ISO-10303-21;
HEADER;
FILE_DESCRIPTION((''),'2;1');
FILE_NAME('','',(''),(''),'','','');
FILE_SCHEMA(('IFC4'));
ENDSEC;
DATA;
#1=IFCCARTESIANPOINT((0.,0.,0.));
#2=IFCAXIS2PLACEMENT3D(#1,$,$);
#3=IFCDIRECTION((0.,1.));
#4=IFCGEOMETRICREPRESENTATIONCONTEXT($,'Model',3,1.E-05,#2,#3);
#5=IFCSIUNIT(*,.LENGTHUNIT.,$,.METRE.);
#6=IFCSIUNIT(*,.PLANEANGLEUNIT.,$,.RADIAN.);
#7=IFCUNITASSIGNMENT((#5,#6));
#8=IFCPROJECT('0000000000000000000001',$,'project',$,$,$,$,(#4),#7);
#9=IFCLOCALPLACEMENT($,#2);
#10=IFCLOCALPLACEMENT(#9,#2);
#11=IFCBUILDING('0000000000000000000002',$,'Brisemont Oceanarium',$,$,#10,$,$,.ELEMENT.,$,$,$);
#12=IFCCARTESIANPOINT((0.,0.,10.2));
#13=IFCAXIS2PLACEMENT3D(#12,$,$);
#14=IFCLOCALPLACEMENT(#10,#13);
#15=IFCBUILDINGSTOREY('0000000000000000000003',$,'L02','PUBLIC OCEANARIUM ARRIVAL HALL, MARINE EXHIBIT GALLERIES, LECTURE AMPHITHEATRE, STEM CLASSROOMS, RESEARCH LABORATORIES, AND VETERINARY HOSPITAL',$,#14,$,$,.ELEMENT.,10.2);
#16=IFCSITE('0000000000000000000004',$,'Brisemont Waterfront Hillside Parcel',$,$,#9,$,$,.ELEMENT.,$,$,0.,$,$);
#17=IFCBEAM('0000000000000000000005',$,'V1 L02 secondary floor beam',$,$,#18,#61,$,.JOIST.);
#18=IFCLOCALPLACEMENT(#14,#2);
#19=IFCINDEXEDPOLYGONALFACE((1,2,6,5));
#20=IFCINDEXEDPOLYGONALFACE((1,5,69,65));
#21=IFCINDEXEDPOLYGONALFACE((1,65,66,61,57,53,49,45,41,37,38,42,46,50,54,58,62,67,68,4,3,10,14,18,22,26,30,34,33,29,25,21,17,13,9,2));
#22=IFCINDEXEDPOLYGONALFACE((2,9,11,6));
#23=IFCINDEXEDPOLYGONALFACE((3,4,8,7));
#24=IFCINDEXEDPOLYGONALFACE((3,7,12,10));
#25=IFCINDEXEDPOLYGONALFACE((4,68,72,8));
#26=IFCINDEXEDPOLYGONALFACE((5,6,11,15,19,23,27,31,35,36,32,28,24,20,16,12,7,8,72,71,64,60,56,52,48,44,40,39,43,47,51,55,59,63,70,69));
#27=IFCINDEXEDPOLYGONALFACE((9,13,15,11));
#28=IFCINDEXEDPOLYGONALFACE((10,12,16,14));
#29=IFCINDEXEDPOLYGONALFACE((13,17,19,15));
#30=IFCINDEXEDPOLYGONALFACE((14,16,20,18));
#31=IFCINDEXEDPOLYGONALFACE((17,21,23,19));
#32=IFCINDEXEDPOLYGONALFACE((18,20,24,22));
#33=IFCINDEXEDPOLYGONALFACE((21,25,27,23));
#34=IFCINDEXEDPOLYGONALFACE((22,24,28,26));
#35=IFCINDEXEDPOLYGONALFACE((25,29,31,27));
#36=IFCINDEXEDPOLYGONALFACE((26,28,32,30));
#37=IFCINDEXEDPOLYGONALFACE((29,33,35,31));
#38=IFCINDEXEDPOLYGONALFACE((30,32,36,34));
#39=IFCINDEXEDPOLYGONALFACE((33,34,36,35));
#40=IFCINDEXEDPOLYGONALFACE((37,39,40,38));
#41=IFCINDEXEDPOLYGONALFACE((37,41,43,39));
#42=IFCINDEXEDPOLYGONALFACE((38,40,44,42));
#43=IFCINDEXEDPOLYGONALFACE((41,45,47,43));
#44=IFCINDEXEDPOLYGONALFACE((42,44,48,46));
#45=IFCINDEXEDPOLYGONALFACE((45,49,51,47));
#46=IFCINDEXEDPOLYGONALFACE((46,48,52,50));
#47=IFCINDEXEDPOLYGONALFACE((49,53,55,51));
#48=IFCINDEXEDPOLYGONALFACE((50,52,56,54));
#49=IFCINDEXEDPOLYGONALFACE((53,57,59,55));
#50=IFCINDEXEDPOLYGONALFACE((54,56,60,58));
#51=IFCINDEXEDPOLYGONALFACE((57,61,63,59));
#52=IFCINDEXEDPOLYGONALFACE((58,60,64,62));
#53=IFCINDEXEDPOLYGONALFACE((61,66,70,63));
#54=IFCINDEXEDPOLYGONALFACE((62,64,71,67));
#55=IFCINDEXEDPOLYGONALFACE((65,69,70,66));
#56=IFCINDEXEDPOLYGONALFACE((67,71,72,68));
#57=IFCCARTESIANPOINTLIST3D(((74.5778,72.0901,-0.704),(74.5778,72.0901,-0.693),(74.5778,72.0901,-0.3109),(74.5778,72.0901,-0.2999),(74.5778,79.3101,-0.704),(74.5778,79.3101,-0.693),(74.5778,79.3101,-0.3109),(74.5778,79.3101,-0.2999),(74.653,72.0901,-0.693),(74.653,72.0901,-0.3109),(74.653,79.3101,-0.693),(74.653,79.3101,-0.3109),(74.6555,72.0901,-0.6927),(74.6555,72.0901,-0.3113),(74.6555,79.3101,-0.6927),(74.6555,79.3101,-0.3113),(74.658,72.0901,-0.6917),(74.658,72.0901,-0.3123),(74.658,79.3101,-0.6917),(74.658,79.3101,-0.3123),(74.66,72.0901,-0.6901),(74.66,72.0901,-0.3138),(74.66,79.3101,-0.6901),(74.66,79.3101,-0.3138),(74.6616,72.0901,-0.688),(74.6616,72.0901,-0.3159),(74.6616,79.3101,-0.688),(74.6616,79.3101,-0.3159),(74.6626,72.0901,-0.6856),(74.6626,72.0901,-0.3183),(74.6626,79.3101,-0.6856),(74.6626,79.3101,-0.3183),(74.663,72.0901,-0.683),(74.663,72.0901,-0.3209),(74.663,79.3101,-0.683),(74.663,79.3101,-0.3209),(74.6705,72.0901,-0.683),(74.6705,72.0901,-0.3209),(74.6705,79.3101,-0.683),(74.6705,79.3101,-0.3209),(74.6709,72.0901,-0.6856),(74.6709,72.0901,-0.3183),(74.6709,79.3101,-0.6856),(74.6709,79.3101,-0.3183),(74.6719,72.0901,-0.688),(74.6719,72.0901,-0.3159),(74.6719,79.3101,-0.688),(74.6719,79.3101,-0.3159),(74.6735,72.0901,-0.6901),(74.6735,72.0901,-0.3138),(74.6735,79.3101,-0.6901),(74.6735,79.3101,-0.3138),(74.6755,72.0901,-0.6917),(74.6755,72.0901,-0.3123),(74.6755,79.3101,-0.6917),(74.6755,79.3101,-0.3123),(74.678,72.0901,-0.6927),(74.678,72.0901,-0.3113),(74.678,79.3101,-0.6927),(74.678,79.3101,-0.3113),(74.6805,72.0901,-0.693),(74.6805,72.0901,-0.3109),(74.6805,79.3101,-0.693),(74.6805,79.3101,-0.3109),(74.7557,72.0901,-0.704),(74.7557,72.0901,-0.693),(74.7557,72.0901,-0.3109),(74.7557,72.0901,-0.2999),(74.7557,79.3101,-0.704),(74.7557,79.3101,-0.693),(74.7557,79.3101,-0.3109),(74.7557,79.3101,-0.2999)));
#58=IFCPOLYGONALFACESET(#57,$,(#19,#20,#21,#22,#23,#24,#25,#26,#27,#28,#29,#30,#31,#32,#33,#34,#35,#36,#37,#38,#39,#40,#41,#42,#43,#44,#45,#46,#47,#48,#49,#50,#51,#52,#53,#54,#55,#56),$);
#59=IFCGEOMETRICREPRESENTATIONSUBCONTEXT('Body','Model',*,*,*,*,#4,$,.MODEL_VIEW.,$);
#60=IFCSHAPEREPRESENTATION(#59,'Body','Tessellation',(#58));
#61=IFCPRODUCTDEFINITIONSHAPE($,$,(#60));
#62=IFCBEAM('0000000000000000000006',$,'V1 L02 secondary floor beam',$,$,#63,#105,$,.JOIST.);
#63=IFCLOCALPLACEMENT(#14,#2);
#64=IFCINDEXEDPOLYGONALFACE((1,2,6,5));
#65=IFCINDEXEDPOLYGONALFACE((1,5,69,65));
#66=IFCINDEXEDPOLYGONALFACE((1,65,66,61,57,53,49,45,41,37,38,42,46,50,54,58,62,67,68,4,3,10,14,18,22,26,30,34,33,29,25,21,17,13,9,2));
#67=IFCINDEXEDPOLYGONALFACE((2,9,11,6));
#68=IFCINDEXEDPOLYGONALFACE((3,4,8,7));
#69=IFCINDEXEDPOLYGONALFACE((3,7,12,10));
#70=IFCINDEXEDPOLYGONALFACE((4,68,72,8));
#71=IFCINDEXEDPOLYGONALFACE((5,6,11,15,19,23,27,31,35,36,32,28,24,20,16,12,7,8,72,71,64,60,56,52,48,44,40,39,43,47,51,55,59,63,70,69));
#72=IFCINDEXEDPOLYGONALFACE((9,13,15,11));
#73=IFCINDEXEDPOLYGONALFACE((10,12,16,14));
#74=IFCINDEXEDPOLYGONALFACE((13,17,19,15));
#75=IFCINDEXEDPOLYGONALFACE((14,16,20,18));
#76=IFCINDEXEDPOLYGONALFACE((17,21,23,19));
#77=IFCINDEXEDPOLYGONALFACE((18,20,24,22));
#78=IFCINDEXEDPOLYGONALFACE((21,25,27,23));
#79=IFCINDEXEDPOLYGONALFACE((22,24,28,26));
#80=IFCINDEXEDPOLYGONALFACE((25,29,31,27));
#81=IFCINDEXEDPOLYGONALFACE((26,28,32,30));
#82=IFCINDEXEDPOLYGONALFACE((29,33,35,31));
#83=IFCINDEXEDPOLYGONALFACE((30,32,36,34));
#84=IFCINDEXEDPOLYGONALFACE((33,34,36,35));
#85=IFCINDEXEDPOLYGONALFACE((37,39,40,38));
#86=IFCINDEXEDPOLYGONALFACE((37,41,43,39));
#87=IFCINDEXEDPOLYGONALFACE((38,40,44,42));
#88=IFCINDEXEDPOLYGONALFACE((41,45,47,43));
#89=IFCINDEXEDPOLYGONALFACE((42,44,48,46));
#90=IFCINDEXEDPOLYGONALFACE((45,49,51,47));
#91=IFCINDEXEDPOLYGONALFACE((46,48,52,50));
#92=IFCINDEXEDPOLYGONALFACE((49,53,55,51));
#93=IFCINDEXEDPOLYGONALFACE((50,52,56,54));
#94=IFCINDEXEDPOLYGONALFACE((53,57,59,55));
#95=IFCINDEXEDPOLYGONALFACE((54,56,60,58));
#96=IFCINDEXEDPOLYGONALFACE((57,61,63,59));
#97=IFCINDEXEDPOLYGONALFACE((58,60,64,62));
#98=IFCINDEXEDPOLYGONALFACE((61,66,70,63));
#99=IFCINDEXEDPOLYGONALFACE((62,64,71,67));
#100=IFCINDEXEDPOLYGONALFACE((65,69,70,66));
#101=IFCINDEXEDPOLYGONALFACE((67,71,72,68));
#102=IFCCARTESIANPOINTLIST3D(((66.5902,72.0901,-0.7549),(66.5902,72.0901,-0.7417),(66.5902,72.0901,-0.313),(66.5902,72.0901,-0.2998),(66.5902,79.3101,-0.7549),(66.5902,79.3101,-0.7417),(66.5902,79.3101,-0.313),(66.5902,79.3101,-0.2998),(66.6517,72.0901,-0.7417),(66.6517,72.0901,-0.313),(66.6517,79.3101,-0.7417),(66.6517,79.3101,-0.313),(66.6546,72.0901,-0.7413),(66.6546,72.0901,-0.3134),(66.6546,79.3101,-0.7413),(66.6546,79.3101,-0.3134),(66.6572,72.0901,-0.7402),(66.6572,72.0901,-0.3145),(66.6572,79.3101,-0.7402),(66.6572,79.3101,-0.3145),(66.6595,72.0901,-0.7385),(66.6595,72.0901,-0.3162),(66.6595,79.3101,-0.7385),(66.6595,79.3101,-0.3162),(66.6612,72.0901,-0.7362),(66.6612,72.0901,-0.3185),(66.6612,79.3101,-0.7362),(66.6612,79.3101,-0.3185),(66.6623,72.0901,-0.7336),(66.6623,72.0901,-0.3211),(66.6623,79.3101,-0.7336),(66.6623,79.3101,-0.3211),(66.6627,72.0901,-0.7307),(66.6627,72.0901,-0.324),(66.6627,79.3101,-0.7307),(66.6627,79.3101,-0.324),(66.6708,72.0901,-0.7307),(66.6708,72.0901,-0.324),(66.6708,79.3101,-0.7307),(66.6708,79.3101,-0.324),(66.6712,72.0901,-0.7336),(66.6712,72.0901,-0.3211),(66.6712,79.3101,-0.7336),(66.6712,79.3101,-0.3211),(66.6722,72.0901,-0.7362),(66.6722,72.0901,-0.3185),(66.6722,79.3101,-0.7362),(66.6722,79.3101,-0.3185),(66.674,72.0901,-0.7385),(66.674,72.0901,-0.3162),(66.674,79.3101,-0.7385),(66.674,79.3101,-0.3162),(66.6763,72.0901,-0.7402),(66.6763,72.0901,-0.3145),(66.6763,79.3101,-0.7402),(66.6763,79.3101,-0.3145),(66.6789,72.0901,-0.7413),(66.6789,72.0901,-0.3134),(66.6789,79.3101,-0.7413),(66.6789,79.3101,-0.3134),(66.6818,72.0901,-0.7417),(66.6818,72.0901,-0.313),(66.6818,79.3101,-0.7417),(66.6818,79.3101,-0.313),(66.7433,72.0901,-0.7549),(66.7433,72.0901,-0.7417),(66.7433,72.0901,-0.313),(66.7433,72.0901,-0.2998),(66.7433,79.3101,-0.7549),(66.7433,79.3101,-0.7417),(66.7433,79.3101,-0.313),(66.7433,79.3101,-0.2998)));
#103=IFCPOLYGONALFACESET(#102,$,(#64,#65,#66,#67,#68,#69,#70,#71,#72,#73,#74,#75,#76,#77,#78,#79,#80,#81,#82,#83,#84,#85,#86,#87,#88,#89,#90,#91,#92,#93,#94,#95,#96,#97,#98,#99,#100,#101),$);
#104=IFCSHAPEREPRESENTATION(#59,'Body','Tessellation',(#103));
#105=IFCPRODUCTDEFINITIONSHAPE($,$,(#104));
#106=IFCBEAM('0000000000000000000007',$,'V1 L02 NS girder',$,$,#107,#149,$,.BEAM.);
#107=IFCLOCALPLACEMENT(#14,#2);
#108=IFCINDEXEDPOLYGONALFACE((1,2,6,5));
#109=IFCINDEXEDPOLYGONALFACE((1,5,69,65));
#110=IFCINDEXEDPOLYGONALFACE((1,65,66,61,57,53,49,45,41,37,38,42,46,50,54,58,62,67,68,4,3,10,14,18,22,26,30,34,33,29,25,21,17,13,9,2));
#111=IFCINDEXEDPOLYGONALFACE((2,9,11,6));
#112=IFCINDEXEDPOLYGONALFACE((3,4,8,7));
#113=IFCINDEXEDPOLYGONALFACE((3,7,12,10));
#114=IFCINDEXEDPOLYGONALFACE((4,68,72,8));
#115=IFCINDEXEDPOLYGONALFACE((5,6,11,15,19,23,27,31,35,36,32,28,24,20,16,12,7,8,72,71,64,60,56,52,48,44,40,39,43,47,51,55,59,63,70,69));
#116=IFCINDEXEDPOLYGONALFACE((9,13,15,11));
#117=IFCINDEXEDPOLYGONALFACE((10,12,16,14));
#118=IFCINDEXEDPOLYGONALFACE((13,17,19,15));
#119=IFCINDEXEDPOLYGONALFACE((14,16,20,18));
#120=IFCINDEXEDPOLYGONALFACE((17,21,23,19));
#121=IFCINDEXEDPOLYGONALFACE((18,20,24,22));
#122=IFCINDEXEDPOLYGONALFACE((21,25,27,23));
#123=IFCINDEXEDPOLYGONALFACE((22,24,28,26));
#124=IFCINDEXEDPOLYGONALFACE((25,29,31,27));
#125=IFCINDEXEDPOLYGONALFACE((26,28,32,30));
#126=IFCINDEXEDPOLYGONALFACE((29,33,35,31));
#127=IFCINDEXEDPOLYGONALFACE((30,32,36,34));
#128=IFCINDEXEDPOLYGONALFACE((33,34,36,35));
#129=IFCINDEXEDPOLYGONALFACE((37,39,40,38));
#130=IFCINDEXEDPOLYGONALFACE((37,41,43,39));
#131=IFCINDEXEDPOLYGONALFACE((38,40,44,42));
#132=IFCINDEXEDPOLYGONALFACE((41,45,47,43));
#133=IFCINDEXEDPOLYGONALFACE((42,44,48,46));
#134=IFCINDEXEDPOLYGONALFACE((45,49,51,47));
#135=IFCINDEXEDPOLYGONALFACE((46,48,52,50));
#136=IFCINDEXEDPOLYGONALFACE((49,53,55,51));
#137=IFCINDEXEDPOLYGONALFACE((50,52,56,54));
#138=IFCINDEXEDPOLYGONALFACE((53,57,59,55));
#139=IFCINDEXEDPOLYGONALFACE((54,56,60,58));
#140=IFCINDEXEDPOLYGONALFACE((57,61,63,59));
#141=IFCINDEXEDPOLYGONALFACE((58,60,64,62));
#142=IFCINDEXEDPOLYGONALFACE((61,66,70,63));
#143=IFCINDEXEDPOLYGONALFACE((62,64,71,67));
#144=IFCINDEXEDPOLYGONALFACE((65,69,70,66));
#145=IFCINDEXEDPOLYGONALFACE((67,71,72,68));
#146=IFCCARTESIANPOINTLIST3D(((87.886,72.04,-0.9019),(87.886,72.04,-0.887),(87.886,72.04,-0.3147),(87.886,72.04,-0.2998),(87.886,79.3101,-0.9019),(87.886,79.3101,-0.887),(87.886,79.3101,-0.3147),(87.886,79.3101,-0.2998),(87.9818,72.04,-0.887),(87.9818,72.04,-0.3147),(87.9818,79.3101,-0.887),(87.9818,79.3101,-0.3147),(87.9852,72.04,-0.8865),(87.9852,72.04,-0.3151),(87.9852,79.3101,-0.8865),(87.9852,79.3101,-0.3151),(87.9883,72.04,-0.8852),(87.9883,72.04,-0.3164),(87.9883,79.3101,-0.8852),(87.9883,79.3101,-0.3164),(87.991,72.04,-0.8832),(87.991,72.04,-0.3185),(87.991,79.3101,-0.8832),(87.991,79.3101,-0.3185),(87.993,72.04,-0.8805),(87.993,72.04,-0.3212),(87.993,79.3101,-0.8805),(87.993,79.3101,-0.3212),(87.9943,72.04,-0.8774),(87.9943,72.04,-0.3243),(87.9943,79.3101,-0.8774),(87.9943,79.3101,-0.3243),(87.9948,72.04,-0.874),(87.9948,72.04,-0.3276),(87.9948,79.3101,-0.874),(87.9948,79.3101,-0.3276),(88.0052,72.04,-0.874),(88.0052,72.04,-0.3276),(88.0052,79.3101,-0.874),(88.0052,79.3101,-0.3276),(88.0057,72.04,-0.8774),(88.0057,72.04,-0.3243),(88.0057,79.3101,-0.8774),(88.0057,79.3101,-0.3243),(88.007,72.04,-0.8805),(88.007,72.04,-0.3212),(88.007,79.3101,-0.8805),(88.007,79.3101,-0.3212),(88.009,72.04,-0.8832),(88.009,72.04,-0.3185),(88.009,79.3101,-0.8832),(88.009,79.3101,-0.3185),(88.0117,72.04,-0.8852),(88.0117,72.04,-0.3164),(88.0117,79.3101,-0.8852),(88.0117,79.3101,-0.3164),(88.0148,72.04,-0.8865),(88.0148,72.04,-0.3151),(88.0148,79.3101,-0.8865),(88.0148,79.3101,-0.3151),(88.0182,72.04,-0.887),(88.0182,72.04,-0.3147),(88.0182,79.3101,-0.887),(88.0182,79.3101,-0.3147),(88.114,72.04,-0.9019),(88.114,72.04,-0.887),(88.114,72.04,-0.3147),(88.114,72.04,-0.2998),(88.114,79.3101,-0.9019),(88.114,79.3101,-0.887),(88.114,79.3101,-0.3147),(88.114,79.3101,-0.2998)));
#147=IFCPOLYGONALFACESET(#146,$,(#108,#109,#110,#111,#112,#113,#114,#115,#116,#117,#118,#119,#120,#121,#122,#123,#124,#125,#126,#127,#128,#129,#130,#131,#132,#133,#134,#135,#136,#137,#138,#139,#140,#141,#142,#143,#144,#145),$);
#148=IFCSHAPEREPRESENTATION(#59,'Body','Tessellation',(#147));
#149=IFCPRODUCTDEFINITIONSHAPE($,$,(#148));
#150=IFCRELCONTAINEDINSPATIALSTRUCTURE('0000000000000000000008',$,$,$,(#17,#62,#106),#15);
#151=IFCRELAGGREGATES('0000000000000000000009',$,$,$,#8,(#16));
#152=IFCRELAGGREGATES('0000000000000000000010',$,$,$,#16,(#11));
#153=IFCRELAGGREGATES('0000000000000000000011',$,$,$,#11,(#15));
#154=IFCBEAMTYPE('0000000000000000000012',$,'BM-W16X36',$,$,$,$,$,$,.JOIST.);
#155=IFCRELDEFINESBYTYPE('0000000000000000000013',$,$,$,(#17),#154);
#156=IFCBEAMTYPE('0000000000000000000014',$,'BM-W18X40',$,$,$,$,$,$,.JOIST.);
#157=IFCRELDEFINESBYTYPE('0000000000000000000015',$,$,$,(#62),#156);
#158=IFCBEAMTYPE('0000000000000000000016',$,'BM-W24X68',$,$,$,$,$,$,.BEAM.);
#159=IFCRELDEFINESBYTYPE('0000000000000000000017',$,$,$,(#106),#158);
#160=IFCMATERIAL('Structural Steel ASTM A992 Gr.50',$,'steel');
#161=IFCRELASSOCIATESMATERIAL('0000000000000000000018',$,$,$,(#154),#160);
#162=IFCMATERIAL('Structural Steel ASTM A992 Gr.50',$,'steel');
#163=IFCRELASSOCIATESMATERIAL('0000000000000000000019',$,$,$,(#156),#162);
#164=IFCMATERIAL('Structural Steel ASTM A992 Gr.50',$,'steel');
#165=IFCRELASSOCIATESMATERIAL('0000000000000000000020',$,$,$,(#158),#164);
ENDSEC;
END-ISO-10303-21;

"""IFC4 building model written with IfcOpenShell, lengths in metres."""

from ifc_helpers import new_model, si_unit, direction, frame, origin, origin_2d, place, context, subcontext, project, spatial, i_section, extrude, material, material_profile, profile_set, type_object, element, save


model = new_model("IFC4")

# Units and contexts
model_context = context("Model", 3, precision=1e-05, world=origin(), true_north=direction((0.0, 1.0)))
body_context = subcontext(model_context, "Body", "Model", "MODEL_VIEW")
ifc_project = project(units=[si_unit("LENGTHUNIT", "METRE"), si_unit("PLANEANGLEUNIT", "RADIAN")], contexts=[model_context])

# Site, building, storey
site_placement = place(None, origin())
site = spatial("IfcSite", under=ifc_project, at=site_placement, Name="Brisemont Waterfront Hillside Parcel", CompositionType="ELEMENT", RefElevation=0.0)
building_placement = place(site_placement, origin())
building = spatial("IfcBuilding", under=site, at=building_placement, Name="Brisemont Oceanarium", CompositionType="ELEMENT")
storey_placement = place(building_placement, frame((0.0, 0.0, 10.2)))
storey = spatial("IfcBuildingStorey", under=building, at=storey_placement, Name="L02", Description="PUBLIC OCEANARIUM ARRIVAL HALL, MARINE EXHIBIT GALLERIES, LECTURE AMPHITHEATRE, STEM CLASSROOMS, RESEARCH LABORATORIES, AND VETERINARY HOSPITAL", CompositionType="ELEMENT", Elevation=10.2)

# Beams
ifc_material_1 = material(Name="Structural Steel ASTM A992 Gr.50", Category="steel")
ifc_material_profile_1 = material_profile(ifc_material_1, i_section(OverallWidth=0.178, OverallDepth=0.4041, WebThickness=0.0076, FlangeThickness=0.011, FilletRadius=0.01, at=origin_2d()), Name="W16X36")
ifc_profile_set_1 = profile_set([ifc_material_profile_1], Name="Structural Steel ASTM A992 Gr.50")
beam_type_1 = type_object("IfcBeamType", Name="BM-W16X36", PredefinedType="JOIST", material=ifc_profile_set_1)
for number, where, z_axis, x_axis, name in (
    (1, (74.6667, 72.0901, -0.502), (0.0, 1.0, 0.0), (-1.0, 0.0, 0.0), "V1 L02 secondary floor beam"),
):
    element("IfcBeam", number, at=place(storey_placement, frame(where, z_axis=z_axis, x_axis=x_axis)), inside=storey, type_object=beam_type_1, Name=name, PredefinedType="JOIST", context=body_context, shape_type="SweptSolid", body=[
        extrude(i_section(OverallWidth=0.178, OverallDepth=0.4041, WebThickness=0.0076, FlangeThickness=0.011, FilletRadius=0.01, at=origin_2d()), origin(), (0.0, 0.0, 1.0), 7.22),
    ])
ifc_material_2 = material(Name="Structural Steel ASTM A992 Gr.50", Category="steel")
ifc_material_profile_2 = material_profile(ifc_material_2, i_section(OverallWidth=0.1531, OverallDepth=0.4551, WebThickness=0.0081, FlangeThickness=0.0132, FilletRadius=0.011, at=origin_2d()), Name="W18X40")
ifc_profile_set_2 = profile_set([ifc_material_profile_2], Name="Structural Steel ASTM A992 Gr.50")
beam_type_2 = type_object("IfcBeamType", Name="BM-W18X40", PredefinedType="JOIST", material=ifc_profile_set_2)
beam_1_placement = place(storey_placement, frame((66.6667, 72.0901, -0.5273), z_axis=(0.0, 1.0, 0.0), x_axis=(-1.0, 0.0, 0.0)))
element("IfcBeam", 2, at=beam_1_placement, inside=storey, type_object=beam_type_2, Name="V1 L02 secondary floor beam", PredefinedType="JOIST", context=body_context, shape_type="SweptSolid", body=[
    extrude(i_section(OverallWidth=0.1531, OverallDepth=0.4551, WebThickness=0.0081, FlangeThickness=0.0132, FilletRadius=0.011, at=origin_2d()), origin(), (0.0, 0.0, 1.0), 7.22),
])
ifc_material_3 = material(Name="Structural Steel ASTM A992 Gr.50", Category="steel")
ifc_material_profile_3 = material_profile(ifc_material_3, i_section(OverallWidth=0.228, OverallDepth=0.6021, WebThickness=0.0105, FlangeThickness=0.0149, FilletRadius=0.0129, at=origin_2d()), Name="W24X68")
ifc_profile_set_3 = profile_set([ifc_material_profile_3], Name="Structural Steel ASTM A992 Gr.50")
beam_type_3 = type_object("IfcBeamType", Name="BM-W24X68", PredefinedType="BEAM", material=ifc_profile_set_3)
beam_2_placement = place(storey_placement, frame((88.0, 72.04, -0.6008), z_axis=(0.0, 1.0, 0.0), x_axis=(-1.0, 0.0, 0.0)))
element("IfcBeam", 3, at=beam_2_placement, inside=storey, type_object=beam_type_3, Name="V1 L02 NS girder", PredefinedType="BEAM", context=body_context, shape_type="SweptSolid", body=[
    extrude(i_section(OverallWidth=0.228, OverallDepth=0.6021, WebThickness=0.0105, FlangeThickness=0.0149, FilletRadius=0.0129, at=origin_2d()), origin(), (0.0, 0.0, 1.0), 7.27),
])

save(model, "model.ifc")
